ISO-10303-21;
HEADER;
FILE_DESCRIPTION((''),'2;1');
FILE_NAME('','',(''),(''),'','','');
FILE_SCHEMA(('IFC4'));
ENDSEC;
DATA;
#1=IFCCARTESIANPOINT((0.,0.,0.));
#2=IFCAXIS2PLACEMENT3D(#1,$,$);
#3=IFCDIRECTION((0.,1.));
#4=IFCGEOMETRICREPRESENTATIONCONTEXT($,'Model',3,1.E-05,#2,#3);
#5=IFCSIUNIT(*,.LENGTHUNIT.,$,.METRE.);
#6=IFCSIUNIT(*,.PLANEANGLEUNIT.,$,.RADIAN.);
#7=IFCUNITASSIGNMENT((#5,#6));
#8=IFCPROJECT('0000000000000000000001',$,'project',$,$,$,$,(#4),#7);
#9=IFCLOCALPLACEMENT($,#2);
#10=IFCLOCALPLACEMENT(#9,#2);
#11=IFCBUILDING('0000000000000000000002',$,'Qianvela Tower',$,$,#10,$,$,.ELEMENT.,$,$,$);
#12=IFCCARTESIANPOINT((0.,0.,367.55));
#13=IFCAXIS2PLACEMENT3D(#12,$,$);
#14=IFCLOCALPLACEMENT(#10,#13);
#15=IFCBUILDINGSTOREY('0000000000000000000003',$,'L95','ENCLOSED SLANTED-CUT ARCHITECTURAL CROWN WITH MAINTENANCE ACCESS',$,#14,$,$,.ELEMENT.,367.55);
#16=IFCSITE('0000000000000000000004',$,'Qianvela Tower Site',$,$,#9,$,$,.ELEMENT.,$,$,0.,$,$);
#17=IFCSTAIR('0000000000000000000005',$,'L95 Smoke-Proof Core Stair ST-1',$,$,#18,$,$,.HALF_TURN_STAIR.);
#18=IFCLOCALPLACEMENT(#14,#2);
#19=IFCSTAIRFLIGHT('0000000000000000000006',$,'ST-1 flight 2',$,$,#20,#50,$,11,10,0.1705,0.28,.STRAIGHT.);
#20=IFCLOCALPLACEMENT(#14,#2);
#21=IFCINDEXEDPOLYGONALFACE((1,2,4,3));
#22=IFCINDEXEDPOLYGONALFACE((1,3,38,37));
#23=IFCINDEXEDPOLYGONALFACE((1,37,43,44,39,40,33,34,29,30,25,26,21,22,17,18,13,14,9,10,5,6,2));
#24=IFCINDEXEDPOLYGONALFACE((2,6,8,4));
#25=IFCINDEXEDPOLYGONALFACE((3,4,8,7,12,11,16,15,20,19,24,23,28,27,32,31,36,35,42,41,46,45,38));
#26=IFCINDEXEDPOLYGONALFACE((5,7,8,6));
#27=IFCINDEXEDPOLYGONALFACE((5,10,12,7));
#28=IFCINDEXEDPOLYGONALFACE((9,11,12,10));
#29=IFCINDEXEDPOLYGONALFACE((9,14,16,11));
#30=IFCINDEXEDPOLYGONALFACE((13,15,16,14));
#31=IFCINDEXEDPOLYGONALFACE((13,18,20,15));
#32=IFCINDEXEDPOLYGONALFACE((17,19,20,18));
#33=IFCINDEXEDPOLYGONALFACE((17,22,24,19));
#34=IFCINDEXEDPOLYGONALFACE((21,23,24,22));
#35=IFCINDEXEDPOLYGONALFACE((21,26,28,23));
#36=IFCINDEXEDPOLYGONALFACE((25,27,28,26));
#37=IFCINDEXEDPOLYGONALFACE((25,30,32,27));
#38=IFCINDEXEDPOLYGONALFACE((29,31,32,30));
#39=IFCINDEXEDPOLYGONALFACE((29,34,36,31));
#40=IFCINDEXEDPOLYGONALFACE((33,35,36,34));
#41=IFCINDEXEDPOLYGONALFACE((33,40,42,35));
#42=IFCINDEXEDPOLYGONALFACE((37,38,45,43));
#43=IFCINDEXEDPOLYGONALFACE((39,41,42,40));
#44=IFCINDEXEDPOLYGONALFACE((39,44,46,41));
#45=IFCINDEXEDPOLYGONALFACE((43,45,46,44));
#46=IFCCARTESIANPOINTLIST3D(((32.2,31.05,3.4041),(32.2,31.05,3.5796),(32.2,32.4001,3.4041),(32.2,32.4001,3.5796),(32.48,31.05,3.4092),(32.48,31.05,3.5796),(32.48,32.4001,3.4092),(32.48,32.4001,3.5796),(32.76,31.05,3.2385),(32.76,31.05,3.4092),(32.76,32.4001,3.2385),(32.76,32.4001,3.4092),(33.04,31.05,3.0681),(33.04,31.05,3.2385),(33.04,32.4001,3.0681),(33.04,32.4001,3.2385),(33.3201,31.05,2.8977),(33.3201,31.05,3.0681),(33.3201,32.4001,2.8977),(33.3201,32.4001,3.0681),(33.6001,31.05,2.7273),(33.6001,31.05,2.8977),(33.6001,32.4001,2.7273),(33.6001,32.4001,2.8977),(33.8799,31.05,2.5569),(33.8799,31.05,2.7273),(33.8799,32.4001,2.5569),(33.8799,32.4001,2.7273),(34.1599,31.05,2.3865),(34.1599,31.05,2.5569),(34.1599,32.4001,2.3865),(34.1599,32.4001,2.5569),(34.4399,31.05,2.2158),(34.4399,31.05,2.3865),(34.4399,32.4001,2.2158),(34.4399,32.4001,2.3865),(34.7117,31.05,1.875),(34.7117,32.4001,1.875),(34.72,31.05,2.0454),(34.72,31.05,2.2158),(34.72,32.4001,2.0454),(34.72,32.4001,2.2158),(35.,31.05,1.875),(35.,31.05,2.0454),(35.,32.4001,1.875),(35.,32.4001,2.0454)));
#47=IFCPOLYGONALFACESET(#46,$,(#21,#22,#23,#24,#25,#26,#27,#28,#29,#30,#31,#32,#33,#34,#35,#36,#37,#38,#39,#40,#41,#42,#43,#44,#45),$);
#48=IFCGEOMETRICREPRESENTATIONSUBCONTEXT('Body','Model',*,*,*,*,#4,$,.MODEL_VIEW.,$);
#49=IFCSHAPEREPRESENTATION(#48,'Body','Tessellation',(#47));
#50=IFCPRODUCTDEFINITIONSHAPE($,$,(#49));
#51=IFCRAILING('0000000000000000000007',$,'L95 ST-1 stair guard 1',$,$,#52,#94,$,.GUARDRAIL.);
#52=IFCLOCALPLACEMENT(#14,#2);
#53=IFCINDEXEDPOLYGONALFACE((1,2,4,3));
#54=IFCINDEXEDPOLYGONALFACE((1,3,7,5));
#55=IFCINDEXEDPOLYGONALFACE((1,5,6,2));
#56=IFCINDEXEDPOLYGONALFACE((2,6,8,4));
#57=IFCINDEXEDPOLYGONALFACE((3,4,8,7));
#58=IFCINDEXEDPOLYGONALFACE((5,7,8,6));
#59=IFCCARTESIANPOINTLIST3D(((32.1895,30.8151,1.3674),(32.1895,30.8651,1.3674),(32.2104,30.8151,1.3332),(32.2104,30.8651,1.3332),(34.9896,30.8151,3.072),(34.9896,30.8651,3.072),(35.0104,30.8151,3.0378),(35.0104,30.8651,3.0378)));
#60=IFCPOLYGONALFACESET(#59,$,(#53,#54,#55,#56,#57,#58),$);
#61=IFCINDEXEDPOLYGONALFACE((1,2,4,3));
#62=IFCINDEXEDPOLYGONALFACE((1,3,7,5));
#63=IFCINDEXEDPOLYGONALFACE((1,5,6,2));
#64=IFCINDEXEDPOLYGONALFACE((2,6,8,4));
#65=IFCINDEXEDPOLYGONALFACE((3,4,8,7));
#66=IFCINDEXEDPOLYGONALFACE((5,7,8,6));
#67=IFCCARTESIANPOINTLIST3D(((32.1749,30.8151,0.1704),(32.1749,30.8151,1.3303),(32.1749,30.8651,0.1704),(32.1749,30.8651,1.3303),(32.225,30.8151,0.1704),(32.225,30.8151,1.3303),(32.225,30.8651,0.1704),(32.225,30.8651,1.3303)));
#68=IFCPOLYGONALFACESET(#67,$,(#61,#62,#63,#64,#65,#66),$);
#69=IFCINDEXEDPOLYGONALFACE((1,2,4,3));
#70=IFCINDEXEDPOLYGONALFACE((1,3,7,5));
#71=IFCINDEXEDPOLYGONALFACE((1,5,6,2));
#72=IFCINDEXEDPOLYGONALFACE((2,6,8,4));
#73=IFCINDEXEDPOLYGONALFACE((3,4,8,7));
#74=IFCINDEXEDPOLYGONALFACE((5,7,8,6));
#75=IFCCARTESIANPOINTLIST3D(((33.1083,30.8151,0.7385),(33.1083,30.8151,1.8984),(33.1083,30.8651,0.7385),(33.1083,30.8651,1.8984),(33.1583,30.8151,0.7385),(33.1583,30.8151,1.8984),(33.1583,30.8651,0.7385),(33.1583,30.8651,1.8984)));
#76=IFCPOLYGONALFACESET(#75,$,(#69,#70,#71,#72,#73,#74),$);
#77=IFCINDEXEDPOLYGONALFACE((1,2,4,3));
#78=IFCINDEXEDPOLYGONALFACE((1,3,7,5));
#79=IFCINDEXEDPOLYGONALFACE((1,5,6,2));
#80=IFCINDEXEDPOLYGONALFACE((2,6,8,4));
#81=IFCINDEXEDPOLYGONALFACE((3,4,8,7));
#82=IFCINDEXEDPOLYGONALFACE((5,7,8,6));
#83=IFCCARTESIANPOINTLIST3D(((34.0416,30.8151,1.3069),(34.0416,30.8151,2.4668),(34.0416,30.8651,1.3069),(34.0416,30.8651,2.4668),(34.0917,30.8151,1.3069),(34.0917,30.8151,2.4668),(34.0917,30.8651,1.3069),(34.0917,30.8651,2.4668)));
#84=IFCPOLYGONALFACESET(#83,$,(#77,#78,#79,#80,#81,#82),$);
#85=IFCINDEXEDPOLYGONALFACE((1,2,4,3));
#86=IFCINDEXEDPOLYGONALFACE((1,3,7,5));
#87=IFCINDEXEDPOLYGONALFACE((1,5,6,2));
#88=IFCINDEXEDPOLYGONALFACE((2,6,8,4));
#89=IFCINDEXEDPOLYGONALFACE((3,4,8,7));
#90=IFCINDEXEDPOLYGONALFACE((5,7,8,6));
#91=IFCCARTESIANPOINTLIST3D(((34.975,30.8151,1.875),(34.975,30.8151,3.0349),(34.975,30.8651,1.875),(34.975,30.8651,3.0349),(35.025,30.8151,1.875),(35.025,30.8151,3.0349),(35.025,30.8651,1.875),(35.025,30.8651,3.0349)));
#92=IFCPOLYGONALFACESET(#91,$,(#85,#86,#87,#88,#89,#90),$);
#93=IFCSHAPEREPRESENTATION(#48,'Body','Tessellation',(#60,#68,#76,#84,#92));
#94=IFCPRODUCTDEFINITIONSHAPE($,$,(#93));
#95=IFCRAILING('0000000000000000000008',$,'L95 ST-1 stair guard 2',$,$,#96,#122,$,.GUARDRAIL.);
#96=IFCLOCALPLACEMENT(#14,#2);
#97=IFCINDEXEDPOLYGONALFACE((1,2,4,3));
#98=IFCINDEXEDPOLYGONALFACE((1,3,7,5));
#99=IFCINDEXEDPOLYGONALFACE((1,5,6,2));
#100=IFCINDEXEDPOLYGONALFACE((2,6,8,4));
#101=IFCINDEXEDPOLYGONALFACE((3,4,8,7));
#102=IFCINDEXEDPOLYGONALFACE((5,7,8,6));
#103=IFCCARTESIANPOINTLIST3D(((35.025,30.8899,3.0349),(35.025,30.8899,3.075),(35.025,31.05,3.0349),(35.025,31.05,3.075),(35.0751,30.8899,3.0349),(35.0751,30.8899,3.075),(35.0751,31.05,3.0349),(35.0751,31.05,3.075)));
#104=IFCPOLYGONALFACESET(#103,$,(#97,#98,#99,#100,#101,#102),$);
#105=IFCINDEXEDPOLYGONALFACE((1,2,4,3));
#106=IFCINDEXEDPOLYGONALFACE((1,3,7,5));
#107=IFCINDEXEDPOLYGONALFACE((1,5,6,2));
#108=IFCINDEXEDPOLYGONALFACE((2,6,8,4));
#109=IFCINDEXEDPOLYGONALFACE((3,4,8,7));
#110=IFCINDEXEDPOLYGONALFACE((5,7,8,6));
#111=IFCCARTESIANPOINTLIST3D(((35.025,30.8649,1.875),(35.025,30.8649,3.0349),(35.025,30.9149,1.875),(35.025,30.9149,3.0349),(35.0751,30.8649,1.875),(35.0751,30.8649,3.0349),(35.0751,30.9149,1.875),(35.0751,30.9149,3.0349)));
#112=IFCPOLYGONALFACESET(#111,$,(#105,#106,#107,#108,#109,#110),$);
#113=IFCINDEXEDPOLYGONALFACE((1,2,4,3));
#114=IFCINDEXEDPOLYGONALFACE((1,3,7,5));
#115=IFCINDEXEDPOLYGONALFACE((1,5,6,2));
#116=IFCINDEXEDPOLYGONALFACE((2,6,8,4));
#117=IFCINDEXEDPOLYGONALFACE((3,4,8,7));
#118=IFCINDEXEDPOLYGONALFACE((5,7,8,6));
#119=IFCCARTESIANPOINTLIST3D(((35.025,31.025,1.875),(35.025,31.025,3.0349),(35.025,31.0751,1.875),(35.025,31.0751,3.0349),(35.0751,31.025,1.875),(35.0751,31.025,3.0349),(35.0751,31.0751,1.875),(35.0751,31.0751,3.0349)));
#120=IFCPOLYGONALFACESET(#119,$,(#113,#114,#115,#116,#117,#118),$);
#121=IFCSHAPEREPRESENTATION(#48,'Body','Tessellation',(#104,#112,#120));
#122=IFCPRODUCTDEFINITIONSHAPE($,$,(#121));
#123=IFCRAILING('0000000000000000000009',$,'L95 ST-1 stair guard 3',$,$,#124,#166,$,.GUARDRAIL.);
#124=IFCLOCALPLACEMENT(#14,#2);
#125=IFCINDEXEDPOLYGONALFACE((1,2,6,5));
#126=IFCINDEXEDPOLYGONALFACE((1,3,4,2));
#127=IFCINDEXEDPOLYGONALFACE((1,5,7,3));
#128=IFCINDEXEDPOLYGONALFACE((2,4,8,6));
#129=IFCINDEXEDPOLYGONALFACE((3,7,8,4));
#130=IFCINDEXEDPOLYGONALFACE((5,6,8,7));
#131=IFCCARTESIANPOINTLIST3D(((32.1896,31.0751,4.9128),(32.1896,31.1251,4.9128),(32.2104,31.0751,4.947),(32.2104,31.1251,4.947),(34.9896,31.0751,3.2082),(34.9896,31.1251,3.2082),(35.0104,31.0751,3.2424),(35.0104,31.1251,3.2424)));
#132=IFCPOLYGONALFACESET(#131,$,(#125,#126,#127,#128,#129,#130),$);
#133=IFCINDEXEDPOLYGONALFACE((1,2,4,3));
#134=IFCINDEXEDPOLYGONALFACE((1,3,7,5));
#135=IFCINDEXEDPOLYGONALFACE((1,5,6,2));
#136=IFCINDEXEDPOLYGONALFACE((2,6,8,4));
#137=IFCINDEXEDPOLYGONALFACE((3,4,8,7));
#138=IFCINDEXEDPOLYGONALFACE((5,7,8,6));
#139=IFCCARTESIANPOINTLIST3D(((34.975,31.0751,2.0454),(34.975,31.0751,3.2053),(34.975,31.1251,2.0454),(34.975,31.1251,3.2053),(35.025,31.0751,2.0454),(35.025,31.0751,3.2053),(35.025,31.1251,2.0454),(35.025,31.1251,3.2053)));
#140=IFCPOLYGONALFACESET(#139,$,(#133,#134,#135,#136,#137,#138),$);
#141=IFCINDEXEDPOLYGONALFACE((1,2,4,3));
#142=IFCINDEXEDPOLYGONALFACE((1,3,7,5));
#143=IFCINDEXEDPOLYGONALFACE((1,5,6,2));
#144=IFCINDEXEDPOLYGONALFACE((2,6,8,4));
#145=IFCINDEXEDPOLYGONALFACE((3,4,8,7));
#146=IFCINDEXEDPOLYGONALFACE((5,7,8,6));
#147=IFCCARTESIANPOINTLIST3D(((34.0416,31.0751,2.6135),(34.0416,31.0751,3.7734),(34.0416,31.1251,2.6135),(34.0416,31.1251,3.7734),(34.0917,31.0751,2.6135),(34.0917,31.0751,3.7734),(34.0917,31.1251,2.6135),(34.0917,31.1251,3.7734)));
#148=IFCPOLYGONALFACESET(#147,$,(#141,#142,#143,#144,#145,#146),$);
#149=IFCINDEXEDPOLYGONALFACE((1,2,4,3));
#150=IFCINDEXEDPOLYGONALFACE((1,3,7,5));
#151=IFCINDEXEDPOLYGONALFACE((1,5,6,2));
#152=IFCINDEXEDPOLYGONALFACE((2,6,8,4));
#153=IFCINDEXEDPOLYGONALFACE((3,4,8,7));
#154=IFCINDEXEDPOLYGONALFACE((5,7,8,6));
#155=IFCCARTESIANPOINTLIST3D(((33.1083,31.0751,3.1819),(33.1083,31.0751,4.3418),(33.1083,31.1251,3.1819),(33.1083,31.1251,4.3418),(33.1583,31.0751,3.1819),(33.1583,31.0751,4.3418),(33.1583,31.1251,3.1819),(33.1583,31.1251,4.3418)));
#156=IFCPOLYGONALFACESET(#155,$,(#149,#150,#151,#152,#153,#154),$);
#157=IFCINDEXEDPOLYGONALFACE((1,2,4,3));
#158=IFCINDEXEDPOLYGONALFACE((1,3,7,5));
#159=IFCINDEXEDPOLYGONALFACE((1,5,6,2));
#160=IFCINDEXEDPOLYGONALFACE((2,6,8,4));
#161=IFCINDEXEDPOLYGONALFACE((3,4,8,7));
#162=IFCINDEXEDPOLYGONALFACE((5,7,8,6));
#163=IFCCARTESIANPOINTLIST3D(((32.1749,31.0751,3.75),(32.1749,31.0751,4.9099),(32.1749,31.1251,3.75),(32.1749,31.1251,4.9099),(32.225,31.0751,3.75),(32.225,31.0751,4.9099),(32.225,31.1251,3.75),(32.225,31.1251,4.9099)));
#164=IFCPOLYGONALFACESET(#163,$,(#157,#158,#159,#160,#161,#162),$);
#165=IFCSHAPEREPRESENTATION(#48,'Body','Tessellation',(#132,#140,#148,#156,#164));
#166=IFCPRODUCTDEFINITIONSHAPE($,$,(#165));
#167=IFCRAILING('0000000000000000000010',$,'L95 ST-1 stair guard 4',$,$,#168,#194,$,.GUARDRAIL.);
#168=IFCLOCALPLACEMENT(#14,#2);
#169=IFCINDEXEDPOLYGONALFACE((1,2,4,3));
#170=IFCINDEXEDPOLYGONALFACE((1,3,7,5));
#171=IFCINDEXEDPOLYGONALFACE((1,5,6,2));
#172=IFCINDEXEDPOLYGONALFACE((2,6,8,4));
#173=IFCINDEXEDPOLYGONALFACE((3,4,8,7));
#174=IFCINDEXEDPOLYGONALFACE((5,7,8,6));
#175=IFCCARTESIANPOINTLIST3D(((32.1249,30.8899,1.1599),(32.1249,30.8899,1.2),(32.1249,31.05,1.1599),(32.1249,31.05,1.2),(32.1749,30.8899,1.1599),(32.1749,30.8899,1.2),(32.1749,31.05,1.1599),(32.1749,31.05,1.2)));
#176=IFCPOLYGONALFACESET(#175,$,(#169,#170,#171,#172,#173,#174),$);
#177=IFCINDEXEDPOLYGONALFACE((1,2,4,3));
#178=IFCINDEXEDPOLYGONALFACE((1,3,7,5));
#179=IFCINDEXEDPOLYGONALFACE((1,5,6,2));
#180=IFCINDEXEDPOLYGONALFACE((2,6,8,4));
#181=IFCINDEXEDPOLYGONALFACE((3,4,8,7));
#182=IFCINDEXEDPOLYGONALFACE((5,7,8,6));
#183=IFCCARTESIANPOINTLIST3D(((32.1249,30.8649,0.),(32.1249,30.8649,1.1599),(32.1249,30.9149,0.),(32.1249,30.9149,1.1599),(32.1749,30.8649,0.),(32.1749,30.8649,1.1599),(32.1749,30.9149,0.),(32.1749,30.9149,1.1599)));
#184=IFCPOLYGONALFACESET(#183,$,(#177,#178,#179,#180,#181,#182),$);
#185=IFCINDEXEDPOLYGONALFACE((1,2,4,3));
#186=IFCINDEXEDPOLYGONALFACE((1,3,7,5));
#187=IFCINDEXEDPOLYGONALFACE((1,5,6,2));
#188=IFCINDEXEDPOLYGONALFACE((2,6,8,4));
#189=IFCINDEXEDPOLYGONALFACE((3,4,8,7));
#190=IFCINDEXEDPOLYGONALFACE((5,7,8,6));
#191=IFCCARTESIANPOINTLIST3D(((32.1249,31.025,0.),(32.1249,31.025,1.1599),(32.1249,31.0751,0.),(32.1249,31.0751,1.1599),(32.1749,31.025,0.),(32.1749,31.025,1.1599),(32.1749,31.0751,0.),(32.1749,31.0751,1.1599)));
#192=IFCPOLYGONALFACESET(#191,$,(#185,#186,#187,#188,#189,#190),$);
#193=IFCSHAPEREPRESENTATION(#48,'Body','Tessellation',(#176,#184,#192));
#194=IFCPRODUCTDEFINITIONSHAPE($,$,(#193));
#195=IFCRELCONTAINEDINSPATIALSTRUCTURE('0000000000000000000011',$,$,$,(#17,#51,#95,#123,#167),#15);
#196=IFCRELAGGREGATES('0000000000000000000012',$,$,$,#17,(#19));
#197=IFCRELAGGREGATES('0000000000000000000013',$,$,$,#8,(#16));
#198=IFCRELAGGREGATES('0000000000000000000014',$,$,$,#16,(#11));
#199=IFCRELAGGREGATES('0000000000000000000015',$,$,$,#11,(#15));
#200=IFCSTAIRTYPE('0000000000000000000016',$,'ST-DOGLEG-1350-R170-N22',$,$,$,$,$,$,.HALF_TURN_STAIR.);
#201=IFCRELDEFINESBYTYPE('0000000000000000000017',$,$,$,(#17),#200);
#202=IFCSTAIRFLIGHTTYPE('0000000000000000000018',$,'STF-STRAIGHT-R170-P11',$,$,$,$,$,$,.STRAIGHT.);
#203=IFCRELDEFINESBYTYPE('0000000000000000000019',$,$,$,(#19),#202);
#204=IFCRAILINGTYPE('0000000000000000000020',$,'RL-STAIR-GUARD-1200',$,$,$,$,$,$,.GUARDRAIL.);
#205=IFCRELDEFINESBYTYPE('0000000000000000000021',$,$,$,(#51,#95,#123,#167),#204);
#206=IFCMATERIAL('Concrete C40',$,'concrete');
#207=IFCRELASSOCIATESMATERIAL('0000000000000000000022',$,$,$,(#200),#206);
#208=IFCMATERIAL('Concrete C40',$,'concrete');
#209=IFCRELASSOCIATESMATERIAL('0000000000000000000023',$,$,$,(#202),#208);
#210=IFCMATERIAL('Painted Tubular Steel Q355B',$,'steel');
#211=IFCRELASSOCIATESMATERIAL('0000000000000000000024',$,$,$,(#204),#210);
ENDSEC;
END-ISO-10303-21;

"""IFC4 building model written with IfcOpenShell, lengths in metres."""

from ifc_helpers import new_model, si_unit, direction, frame, origin, origin_2d, place, context, subcontext, project, spatial, polyline, rectangle, outline, extrude, material, type_object, element, aggregate, save


model = new_model("IFC4")

# Units and contexts
model_context = context("Model", 3, precision=1e-05, world=origin(), true_north=direction((0.0, 1.0)))
body_context = subcontext(model_context, "Body", "Model", "MODEL_VIEW")
ifc_project = project(units=[si_unit("LENGTHUNIT", "METRE"), si_unit("PLANEANGLEUNIT", "RADIAN")], contexts=[model_context])

# Site, building, storey
site_placement = place(None, origin())
site = spatial("IfcSite", under=ifc_project, at=site_placement, Name="Qianvela Tower Site", CompositionType="ELEMENT", RefElevation=0.0)
building_placement = place(site_placement, origin())
building = spatial("IfcBuilding", under=site, at=building_placement, Name="Qianvela Tower", CompositionType="ELEMENT")
storey_placement = place(building_placement, frame((0.0, 0.0, 367.55)))
storey = spatial("IfcBuildingStorey", under=building, at=storey_placement, Name="L95", Description="ENCLOSED SLANTED-CUT ARCHITECTURAL CROWN WITH MAINTENANCE ACCESS", CompositionType="ELEMENT", Elevation=367.55)

# Stair, stair flight
ifc_material_1 = material(Name="Concrete C40", Category="concrete")
stair_type = type_object("IfcStairType", Name="ST-DOGLEG-1350-R170-N22", PredefinedType="HALF_TURN_STAIR", material=ifc_material_1)
stair_placement = place(storey_placement, origin())
stair = element("IfcStair", 1, at=stair_placement, inside=storey, type_object=stair_type, Name="L95 Smoke-Proof Core Stair ST-1", PredefinedType="HALF_TURN_STAIR")
ifc_material_2 = material(Name="Concrete C40", Category="concrete")
stair_flight_type = type_object("IfcStairFlightType", Name="STF-STRAIGHT-R170-P11", PredefinedType="STRAIGHT", material=ifc_material_2)
stair_flight_1_placement = place(storey_placement, frame((35.0, 31.7251, 1.875), z_axis=(0.0, 0.0, 1.0), x_axis=(-1.0, 0.0, 0.0)))
stair_flight_1 = element("IfcStairFlight", 2, at=stair_flight_1_placement, type_object=stair_flight_type, Name="ST-1 flight 2", NumberOfRisers=11, NumberOfTreads=10, PredefinedType="STRAIGHT", RiserHeight=0.1705, TreadLength=0.28, context=body_context, shape_type="SweptSolid", body=[
    extrude(outline(polyline([(0.0, 0.0), (0.0, 0.1704), (0.28, 0.1704), (0.28, 0.3408), (0.5601, 0.3408), (0.5601, 0.5115), (0.8401, 0.5115), (0.8401, 0.6819), (1.1201, 0.6819), (1.1201, 0.8523), (1.3999, 0.8523), (1.3999, 1.0227), (1.6799, 1.0227), (1.6799, 1.1931), (1.96, 1.1931), (1.96, 1.3635), (2.24, 1.3635), (2.24, 1.5342), (2.52, 1.5342), (2.52, 1.7046), (2.8, 1.7046), (2.8, 1.875), (2.8, 1.5291), (0.2883, 0.0), (0.0, 0.0)])), frame((0.0, 0.675, 0.0), z_axis=(0.0, -1.0, 0.0), x_axis=(1.0, 0.0, 0.0)), (0.0, 0.0, 1.0), 1.3501),
])
aggregate(stair, [stair_flight_1])

# Railings
ifc_material_3 = material(Name="Painted Tubular Steel Q355B", Category="steel")
railing_type_1 = type_object("IfcRailingType", Name="RL-STAIR-GUARD-1200", PredefinedType="GUARDRAIL", material=ifc_material_3)
railing_1_placement = place(storey_placement, frame((32.2, 30.8401, 0.1704)))
element("IfcRailing", 3, at=railing_1_placement, inside=storey, type_object=railing_type_1, Name="L95 ST-1 stair guard 1", PredefinedType="GUARDRAIL", context=body_context, shape_type="SweptSolid", body=[
    extrude(rectangle(XDim=0.05, YDim=0.04, at=origin_2d()), frame((0.0, 0.0, 1.1799), z_axis=(0.85417, 0.0, 0.519994), x_axis=(0.0, 1.0, 0.0)), (0.0, 0.0, 1.0), 3.2781),
    extrude(rectangle(XDim=0.05, YDim=0.05, at=origin_2d()), origin(), (0.0, 0.0, 1.0), 1.1599),
    extrude(rectangle(XDim=0.05, YDim=0.05, at=origin_2d()), frame((0.9333, 0.0, 0.5681)), (0.0, 0.0, 1.0), 1.1599),
    extrude(rectangle(XDim=0.05, YDim=0.05, at=origin_2d()), frame((1.8667, 0.0, 1.1365)), (0.0, 0.0, 1.0), 1.1599),
    extrude(rectangle(XDim=0.05, YDim=0.05, at=origin_2d()), frame((2.8, 0.0, 1.7046)), (0.0, 0.0, 1.0), 1.1599),
])
railing_2_placement = place(storey_placement, frame((35.05, 30.8899, 1.875)))
element("IfcRailing", 4, at=railing_2_placement, inside=storey, type_object=railing_type_1, Name="L95 ST-1 stair guard 2", PredefinedType="GUARDRAIL", context=body_context, shape_type="SweptSolid", body=[
    extrude(rectangle(XDim=0.05, YDim=0.04, at=origin_2d()), frame((0.0, 0.0, 1.1799), z_axis=(0.0, 1.0, 0.0), x_axis=(-1.0, 0.0, 0.0)), (0.0, 0.0, 1.0), 0.1602),
    extrude(rectangle(XDim=0.05, YDim=0.05, at=origin_2d()), origin(), (0.0, 0.0, 1.0), 1.1599),
    extrude(rectangle(XDim=0.05, YDim=0.05, at=origin_2d()), frame((0.0, 0.1602, 0.0)), (0.0, 0.0, 1.0), 1.1599),
])
railing_3_placement = place(storey_placement, frame((35.0, 31.1001, 2.0454)))
element("IfcRailing", 5, at=railing_3_placement, inside=storey, type_object=railing_type_1, Name="L95 ST-1 stair guard 3", PredefinedType="GUARDRAIL", context=body_context, shape_type="SweptSolid", body=[
    extrude(rectangle(XDim=0.05, YDim=0.04, at=origin_2d()), frame((0.0, 0.0, 1.1799), z_axis=(-0.85417, 0.0, 0.519994), x_axis=(0.0, -1.0, 0.0)), (0.0, 0.0, 1.0), 3.2781),
    extrude(rectangle(XDim=0.05, YDim=0.05, at=origin_2d()), origin(), (0.0, 0.0, 1.0), 1.1599),
    extrude(rectangle(XDim=0.05, YDim=0.05, at=origin_2d()), frame((-0.9333, 0.0, 0.5681)), (0.0, 0.0, 1.0), 1.1599),
    extrude(rectangle(XDim=0.05, YDim=0.05, at=origin_2d()), frame((-1.8667, 0.0, 1.1365)), (0.0, 0.0, 1.0), 1.1599),
    extrude(rectangle(XDim=0.05, YDim=0.05, at=origin_2d()), frame((-2.8, 0.0, 1.7046)), (0.0, 0.0, 1.0), 1.1599),
])
railing_4_placement = place(storey_placement, frame((32.1499, 30.8899, 0.0)))
element("IfcRailing", 6, at=railing_4_placement, inside=storey, type_object=railing_type_1, Name="L95 ST-1 stair guard 4", PredefinedType="GUARDRAIL", context=body_context, shape_type="SweptSolid", body=[
    extrude(rectangle(XDim=0.05, YDim=0.04, at=origin_2d()), frame((0.0, 0.0, 1.1799), z_axis=(0.0, 1.0, 0.0), x_axis=(-1.0, 0.0, 0.0)), (0.0, 0.0, 1.0), 0.1602),
    extrude(rectangle(XDim=0.05, YDim=0.05, at=origin_2d()), origin(), (0.0, 0.0, 1.0), 1.1599),
    extrude(rectangle(XDim=0.05, YDim=0.05, at=origin_2d()), frame((0.0, 0.1602, 0.0)), (0.0, 0.0, 1.0), 1.1599),
])

save(model, "model.ifc")
